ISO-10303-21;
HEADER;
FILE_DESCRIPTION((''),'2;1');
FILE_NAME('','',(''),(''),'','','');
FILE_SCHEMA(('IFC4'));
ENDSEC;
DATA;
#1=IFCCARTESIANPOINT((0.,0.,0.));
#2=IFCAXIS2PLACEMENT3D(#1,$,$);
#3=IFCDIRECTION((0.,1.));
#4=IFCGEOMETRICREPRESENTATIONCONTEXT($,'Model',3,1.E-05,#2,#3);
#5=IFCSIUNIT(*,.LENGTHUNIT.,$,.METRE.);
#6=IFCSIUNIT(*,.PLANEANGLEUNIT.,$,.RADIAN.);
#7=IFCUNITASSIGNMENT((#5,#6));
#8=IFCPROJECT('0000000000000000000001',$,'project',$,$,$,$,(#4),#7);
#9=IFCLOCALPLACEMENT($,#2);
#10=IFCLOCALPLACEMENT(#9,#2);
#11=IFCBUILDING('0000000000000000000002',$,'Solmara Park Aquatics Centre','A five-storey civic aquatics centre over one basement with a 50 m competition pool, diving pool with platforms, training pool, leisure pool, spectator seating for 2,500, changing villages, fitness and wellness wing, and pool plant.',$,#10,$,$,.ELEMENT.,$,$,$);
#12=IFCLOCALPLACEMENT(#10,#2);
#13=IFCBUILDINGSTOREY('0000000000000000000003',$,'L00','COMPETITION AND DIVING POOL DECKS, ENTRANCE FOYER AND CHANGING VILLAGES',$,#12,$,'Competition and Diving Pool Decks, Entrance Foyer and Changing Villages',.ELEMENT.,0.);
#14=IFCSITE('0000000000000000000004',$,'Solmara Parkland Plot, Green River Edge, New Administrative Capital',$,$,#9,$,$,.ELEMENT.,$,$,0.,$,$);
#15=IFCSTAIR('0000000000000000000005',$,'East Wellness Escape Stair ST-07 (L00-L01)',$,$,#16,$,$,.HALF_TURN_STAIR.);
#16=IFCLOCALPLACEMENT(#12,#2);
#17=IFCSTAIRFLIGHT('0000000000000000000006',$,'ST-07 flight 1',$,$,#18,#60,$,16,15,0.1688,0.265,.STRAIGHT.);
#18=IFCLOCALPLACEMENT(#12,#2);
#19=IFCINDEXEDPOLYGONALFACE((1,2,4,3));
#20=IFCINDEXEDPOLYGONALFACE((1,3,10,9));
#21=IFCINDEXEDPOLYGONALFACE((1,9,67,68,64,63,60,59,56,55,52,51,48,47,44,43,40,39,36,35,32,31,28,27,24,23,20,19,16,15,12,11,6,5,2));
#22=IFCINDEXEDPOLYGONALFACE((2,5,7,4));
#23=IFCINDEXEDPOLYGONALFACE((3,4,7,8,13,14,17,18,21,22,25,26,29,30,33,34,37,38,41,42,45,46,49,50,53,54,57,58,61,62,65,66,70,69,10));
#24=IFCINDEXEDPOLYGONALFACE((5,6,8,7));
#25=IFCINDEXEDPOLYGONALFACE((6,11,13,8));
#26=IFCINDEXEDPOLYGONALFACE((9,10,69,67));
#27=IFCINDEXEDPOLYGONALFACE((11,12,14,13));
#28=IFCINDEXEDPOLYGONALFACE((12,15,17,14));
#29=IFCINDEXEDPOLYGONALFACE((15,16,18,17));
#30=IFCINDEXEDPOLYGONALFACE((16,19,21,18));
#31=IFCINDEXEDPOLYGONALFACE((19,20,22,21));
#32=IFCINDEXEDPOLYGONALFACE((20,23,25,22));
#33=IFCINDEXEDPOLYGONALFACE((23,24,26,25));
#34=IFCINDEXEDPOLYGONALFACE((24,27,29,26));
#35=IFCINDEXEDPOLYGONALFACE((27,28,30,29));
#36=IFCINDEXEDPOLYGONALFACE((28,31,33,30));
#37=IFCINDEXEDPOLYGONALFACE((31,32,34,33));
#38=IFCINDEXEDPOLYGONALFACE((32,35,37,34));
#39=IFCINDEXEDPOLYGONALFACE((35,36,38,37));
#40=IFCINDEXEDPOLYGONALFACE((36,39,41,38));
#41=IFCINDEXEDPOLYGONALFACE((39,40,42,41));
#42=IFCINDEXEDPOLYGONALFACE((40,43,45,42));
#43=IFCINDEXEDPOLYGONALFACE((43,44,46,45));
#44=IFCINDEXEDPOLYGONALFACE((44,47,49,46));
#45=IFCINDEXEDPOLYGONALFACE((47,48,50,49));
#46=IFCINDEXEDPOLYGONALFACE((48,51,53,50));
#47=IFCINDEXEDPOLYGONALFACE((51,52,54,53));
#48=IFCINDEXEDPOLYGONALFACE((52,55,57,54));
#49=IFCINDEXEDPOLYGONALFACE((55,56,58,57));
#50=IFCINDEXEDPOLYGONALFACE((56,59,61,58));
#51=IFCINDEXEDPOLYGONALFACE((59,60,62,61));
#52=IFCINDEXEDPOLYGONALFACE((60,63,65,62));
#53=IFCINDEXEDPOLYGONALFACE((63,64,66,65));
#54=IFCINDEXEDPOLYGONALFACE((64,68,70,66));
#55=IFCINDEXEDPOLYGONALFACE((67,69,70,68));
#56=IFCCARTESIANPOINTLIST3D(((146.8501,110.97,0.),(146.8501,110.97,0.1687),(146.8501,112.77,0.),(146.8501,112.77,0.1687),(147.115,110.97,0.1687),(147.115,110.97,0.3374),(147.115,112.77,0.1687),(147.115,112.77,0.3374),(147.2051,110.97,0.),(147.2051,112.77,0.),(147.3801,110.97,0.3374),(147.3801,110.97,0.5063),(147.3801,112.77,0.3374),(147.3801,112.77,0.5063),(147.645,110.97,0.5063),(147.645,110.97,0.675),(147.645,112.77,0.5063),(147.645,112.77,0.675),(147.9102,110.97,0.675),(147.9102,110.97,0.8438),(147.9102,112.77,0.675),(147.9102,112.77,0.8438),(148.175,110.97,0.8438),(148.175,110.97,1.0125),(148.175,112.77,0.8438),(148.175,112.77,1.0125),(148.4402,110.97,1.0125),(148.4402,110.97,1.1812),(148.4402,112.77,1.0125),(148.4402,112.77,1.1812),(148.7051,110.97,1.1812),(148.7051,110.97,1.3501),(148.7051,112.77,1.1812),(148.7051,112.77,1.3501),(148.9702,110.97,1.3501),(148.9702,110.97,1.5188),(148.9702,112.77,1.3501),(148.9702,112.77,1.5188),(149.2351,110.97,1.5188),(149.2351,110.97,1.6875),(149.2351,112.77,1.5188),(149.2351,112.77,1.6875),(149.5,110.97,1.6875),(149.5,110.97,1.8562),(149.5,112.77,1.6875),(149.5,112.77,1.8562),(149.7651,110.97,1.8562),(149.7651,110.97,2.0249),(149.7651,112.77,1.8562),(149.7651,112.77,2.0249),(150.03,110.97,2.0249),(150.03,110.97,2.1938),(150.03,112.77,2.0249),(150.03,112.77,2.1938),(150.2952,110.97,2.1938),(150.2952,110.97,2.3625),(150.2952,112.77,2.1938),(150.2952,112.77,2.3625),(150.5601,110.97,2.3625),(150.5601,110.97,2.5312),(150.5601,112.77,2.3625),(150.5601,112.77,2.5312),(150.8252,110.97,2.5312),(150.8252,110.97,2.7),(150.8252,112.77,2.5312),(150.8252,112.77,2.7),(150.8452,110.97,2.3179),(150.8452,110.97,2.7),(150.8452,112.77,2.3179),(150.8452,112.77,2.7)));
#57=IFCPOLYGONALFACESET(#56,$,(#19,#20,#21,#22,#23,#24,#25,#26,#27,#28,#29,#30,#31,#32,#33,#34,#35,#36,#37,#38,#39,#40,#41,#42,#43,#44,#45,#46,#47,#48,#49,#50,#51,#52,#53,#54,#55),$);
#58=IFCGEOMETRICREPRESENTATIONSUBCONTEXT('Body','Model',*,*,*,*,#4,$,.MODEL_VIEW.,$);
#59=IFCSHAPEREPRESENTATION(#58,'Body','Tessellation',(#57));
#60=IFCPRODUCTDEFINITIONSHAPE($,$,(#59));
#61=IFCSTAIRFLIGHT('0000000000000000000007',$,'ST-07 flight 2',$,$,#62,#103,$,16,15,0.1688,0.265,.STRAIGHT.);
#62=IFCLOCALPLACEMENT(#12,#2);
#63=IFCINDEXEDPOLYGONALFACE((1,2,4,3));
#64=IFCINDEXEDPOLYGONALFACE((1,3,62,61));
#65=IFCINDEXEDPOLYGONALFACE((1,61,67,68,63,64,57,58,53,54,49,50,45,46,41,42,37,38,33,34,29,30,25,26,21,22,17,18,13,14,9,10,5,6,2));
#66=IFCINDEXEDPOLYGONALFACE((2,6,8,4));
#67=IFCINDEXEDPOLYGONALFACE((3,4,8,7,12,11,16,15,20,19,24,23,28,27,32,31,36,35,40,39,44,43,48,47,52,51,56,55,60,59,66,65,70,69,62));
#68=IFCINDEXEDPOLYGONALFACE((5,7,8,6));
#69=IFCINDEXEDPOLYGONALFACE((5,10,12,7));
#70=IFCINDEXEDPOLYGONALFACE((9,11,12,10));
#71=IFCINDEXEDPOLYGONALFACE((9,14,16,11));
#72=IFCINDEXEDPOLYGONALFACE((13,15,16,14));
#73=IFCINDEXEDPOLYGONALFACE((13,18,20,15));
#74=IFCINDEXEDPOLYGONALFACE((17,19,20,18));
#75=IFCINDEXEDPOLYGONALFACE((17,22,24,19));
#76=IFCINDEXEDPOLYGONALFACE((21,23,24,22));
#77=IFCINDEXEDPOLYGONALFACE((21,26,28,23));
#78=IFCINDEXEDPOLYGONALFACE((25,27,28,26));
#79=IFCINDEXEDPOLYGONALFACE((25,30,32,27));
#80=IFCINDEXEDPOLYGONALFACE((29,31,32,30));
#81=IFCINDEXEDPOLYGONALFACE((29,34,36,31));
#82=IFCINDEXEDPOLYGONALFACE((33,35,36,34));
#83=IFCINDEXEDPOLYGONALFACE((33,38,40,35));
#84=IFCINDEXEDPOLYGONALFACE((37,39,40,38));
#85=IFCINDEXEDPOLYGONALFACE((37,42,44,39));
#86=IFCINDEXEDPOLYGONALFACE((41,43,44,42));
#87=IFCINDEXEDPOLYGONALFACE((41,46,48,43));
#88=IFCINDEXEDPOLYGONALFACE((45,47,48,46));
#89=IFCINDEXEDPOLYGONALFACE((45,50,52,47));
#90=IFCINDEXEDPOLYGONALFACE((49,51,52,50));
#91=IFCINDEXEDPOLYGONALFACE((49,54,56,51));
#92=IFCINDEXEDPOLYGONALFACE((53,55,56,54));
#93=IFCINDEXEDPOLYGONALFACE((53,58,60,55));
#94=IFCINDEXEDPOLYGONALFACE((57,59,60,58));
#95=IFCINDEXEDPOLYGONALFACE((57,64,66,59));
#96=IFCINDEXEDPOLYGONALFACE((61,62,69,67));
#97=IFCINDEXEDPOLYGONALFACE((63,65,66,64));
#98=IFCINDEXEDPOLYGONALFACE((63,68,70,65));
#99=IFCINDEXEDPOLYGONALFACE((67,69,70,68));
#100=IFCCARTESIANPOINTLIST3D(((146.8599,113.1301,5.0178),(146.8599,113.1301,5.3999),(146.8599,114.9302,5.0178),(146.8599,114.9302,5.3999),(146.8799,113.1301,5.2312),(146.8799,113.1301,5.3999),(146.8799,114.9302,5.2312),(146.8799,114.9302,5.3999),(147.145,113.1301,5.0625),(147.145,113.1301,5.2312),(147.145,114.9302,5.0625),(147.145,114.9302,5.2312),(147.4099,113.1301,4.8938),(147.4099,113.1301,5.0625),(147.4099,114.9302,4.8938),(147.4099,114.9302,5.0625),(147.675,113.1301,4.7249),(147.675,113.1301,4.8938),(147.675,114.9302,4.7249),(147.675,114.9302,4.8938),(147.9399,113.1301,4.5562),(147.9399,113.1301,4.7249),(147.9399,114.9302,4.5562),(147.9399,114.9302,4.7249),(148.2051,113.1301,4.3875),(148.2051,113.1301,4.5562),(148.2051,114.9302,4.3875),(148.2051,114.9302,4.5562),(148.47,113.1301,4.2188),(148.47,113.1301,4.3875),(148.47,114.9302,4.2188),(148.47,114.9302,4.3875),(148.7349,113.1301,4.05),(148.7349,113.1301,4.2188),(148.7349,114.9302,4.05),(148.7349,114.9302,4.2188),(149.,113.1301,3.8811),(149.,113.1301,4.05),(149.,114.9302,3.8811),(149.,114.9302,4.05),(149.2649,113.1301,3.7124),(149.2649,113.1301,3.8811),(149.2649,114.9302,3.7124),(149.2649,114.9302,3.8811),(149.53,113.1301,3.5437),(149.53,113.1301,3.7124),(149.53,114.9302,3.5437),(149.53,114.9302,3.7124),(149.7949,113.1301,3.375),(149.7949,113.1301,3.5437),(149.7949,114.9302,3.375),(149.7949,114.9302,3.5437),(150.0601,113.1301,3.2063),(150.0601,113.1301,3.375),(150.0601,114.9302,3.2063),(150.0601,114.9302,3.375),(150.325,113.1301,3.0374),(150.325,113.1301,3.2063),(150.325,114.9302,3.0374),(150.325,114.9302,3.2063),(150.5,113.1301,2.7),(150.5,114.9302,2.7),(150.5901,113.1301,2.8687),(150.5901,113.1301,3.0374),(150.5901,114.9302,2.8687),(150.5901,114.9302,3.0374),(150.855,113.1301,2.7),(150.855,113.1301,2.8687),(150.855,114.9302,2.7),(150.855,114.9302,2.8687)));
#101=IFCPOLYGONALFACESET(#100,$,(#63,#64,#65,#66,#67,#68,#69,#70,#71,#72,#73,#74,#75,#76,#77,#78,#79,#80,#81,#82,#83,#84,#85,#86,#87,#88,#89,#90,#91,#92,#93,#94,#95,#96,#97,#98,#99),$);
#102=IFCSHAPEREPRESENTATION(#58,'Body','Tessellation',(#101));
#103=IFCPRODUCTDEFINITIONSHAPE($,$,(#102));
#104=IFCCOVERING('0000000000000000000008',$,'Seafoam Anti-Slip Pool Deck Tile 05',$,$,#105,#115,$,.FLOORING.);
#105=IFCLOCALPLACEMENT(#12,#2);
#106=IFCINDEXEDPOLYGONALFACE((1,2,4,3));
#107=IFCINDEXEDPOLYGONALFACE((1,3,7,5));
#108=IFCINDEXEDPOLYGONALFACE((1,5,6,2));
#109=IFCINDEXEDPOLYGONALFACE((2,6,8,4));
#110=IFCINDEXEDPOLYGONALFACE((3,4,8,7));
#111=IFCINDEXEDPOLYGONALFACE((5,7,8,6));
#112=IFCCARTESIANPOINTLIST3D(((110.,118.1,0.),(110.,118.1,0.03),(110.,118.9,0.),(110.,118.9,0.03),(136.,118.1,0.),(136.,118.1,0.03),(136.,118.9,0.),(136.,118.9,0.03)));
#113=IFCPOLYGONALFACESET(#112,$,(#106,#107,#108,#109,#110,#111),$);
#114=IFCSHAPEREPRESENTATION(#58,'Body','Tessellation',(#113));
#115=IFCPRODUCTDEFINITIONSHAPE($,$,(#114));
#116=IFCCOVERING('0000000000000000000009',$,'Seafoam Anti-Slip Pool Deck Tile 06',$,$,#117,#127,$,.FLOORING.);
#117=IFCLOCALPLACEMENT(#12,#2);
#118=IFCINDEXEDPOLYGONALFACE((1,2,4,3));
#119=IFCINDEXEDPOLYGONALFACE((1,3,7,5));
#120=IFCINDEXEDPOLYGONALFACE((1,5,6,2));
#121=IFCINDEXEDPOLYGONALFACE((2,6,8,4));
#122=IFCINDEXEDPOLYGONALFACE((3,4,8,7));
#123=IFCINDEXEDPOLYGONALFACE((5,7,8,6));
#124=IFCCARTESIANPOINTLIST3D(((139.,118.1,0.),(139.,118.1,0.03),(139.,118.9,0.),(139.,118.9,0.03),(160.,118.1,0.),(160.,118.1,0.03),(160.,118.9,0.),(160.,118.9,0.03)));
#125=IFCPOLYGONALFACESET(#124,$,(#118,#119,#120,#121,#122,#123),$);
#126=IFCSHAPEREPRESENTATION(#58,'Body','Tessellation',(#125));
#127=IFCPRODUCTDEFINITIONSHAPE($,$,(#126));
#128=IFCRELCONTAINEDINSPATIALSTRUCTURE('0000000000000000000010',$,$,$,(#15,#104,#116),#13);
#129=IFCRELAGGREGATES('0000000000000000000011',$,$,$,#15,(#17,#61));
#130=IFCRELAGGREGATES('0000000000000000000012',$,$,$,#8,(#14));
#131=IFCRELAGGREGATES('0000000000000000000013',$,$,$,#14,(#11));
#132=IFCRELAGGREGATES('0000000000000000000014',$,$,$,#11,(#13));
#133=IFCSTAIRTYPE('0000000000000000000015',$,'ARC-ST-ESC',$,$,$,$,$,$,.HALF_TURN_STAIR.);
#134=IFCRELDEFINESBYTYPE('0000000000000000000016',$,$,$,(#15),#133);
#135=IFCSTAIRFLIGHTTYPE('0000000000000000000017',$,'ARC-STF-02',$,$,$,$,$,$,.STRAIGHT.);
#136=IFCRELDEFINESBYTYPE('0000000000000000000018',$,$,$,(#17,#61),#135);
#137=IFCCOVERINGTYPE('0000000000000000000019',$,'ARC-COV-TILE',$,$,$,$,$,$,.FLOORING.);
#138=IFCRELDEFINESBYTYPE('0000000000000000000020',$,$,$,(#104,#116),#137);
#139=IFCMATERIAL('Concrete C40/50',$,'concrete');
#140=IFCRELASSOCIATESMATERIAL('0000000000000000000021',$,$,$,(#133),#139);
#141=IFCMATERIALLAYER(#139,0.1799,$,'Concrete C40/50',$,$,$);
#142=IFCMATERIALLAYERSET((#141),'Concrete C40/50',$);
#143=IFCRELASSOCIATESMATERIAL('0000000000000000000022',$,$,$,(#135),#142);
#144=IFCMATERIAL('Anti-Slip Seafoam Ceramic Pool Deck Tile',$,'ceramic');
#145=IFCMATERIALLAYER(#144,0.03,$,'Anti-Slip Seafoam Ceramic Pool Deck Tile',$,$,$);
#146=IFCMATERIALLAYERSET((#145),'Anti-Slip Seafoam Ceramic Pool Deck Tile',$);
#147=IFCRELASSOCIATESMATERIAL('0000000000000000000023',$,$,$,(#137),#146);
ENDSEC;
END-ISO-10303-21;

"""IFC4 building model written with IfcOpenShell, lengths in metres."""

from ifc_helpers import new_model, si_unit, direction, frame, origin, origin_2d, place, context, subcontext, project, spatial, polyline, rectangle, outline, extrude, material, layer, layer_set, type_object, element, aggregate, save


model = new_model("IFC4")

# Units and contexts
model_context = context("Model", 3, precision=1e-05, world=origin(), true_north=direction((0.0, 1.0)))
body_context = subcontext(model_context, "Body", "Model", "MODEL_VIEW")
ifc_project = project(units=[si_unit("LENGTHUNIT", "METRE"), si_unit("PLANEANGLEUNIT", "RADIAN")], contexts=[model_context])

# Site, building, storey
site_placement = place(None, origin())
site = spatial("IfcSite", under=ifc_project, at=site_placement, Name="Solmara Parkland Plot, Green River Edge, New Administrative Capital", CompositionType="ELEMENT", RefElevation=0.0)
building_placement = place(site_placement, origin())
building = spatial("IfcBuilding", under=site, at=building_placement, Name="Solmara Park Aquatics Centre", Description="A five-storey civic aquatics centre over one basement with a 50 m competition pool, diving pool with platforms, training pool, leisure pool, spectator seating for 2,500, changing villages, fitness and wellness wing, and pool plant.", CompositionType="ELEMENT")
storey_placement = place(building_placement, origin())
storey = spatial("IfcBuildingStorey", under=building, at=storey_placement, Name="L00", Description="COMPETITION AND DIVING POOL DECKS, ENTRANCE FOYER AND CHANGING VILLAGES", LongName="Competition and Diving Pool Decks, Entrance Foyer and Changing Villages", CompositionType="ELEMENT", Elevation=0.0)

# Shared definitions
ifc_material_1 = material(Name="Concrete C40/50", Category="concrete")

# Stair, stair flights
stair_type = type_object("IfcStairType", Name="ARC-ST-ESC", PredefinedType="HALF_TURN_STAIR", material=ifc_material_1)
stair_placement = place(storey_placement, origin())
stair = element("IfcStair", 1, at=stair_placement, inside=storey, type_object=stair_type, Name="East Wellness Escape Stair ST-07 (L00-L01)", PredefinedType="HALF_TURN_STAIR")
ifc_layer_1 = layer(ifc_material_1, 0.1799, Name="Concrete C40/50")
ifc_layer_set_1 = layer_set([ifc_layer_1], Name="Concrete C40/50")
stair_flight_type = type_object("IfcStairFlightType", Name="ARC-STF-02", PredefinedType="STRAIGHT", material=ifc_layer_set_1)
stair_flight_1_placement = place(storey_placement, frame((146.8501, 111.8701, 0.0), z_axis=(0.0, 0.0, 1.0), x_axis=(1.0, 0.0, 0.0)))
stair_flight_1 = element("IfcStairFlight", 2, at=stair_flight_1_placement, type_object=stair_flight_type, Name="ST-07 flight 1", NumberOfRisers=16, NumberOfTreads=15, PredefinedType="STRAIGHT", RiserHeight=0.1688, TreadLength=0.265, context=body_context, shape_type="SweptSolid", body=[
    extrude(outline(polyline([(0.0, 0.0), (0.0, 0.1687), (0.2649, 0.1687), (0.2649, 0.3374), (0.53, 0.3374), (0.53, 0.5063), (0.7949, 0.5063), (0.7949, 0.675), (1.0601, 0.675), (1.0601, 0.8438), (1.325, 0.8438), (1.325, 1.0125), (1.5901, 1.0125), (1.5901, 1.1812), (1.855, 1.1812), (1.855, 1.3501), (2.1201, 1.3501), (2.1201, 1.5188), (2.385, 1.5188), (2.385, 1.6875), (2.6499, 1.6875), (2.6499, 1.8562), (2.915, 1.8562), (2.915, 2.0249), (3.1799, 2.0249), (3.1799, 2.1938), (3.4451, 2.1938), (3.4451, 2.3625), (3.71, 2.3625), (3.71, 2.5312), (3.9751, 2.5312), (3.9751, 2.7), (3.9951, 2.7), (3.9951, 2.3179), (0.355, 0.0), (0.0, 0.0)])), frame((0.0, 0.8999, 0.0), z_axis=(0.0, -1.0, 0.0), x_axis=(1.0, 0.0, 0.0)), (0.0, 0.0, 1.0), 1.8),
])
stair_flight_2_placement = place(storey_placement, frame((150.855, 114.03, 2.7), z_axis=(0.0, 0.0, 1.0), x_axis=(-1.0, 0.0, 0.0)))
stair_flight_2 = element("IfcStairFlight", 3, at=stair_flight_2_placement, type_object=stair_flight_type, Name="ST-07 flight 2", NumberOfRisers=16, NumberOfTreads=15, PredefinedType="STRAIGHT", RiserHeight=0.1688, TreadLength=0.265, context=body_context, shape_type="SweptSolid", body=[
    extrude(outline(polyline([(0.0, 0.0), (0.0, 0.1687), (0.2649, 0.1687), (0.2649, 0.3374), (0.53, 0.3374), (0.53, 0.5063), (0.7949, 0.5063), (0.7949, 0.675), (1.0601, 0.675), (1.0601, 0.8438), (1.325, 0.8438), (1.325, 1.0125), (1.5901, 1.0125), (1.5901, 1.1812), (1.855, 1.1812), (1.855, 1.3501), (2.1201, 1.3501), (2.1201, 1.5188), (2.385, 1.5188), (2.385, 1.6875), (2.6499, 1.6875), (2.6499, 1.8562), (2.915, 1.8562), (2.915, 2.0249), (3.1799, 2.0249), (3.1799, 2.1938), (3.4451, 2.1938), (3.4451, 2.3625), (3.71, 2.3625), (3.71, 2.5312), (3.9751, 2.5312), (3.9751, 2.7), (3.9951, 2.7), (3.9951, 2.3179), (0.355, 0.0), (0.0, 0.0)])), frame((0.0, 0.8999, 0.0), z_axis=(0.0, -1.0, 0.0), x_axis=(1.0, 0.0, 0.0)), (0.0, 0.0, 1.0), 1.8),
])
aggregate(stair, [stair_flight_1, stair_flight_2])

# Coverings
ifc_material_2 = material(Name="Anti-Slip Seafoam Ceramic Pool Deck Tile", Category="ceramic")
ifc_layer_2 = layer(ifc_material_2, 0.03, Name="Anti-Slip Seafoam Ceramic Pool Deck Tile")
ifc_layer_set_2 = layer_set([ifc_layer_2], Name="Anti-Slip Seafoam Ceramic Pool Deck Tile")
covering_type = type_object("IfcCoveringType", Name="ARC-COV-TILE", PredefinedType="FLOORING", material=ifc_layer_set_2)
covering_1_placement = place(storey_placement, frame((123.0, 118.5, 0.0), z_axis=(0.0, 0.0, 1.0), x_axis=(1.0, 0.0, 0.0)))
element("IfcCovering", 4, at=covering_1_placement, inside=storey, type_object=covering_type, Name="Seafoam Anti-Slip Pool Deck Tile 05", PredefinedType="FLOORING", context=body_context, shape_type="SweptSolid", body=[
    extrude(rectangle(XDim=26.0, YDim=0.8, at=origin_2d()), origin(), (0.0, 0.0, 1.0), 0.03),
])
covering_2_placement = place(storey_placement, frame((149.5, 118.5, 0.0), z_axis=(0.0, 0.0, 1.0), x_axis=(1.0, 0.0, 0.0)))
element("IfcCovering", 5, at=covering_2_placement, inside=storey, type_object=covering_type, Name="Seafoam Anti-Slip Pool Deck Tile 06", PredefinedType="FLOORING", context=body_context, shape_type="SweptSolid", body=[
    extrude(rectangle(XDim=21.0, YDim=0.8, at=origin_2d()), origin(), (0.0, 0.0, 1.0), 0.03),
])

save(model, "model.ifc")
